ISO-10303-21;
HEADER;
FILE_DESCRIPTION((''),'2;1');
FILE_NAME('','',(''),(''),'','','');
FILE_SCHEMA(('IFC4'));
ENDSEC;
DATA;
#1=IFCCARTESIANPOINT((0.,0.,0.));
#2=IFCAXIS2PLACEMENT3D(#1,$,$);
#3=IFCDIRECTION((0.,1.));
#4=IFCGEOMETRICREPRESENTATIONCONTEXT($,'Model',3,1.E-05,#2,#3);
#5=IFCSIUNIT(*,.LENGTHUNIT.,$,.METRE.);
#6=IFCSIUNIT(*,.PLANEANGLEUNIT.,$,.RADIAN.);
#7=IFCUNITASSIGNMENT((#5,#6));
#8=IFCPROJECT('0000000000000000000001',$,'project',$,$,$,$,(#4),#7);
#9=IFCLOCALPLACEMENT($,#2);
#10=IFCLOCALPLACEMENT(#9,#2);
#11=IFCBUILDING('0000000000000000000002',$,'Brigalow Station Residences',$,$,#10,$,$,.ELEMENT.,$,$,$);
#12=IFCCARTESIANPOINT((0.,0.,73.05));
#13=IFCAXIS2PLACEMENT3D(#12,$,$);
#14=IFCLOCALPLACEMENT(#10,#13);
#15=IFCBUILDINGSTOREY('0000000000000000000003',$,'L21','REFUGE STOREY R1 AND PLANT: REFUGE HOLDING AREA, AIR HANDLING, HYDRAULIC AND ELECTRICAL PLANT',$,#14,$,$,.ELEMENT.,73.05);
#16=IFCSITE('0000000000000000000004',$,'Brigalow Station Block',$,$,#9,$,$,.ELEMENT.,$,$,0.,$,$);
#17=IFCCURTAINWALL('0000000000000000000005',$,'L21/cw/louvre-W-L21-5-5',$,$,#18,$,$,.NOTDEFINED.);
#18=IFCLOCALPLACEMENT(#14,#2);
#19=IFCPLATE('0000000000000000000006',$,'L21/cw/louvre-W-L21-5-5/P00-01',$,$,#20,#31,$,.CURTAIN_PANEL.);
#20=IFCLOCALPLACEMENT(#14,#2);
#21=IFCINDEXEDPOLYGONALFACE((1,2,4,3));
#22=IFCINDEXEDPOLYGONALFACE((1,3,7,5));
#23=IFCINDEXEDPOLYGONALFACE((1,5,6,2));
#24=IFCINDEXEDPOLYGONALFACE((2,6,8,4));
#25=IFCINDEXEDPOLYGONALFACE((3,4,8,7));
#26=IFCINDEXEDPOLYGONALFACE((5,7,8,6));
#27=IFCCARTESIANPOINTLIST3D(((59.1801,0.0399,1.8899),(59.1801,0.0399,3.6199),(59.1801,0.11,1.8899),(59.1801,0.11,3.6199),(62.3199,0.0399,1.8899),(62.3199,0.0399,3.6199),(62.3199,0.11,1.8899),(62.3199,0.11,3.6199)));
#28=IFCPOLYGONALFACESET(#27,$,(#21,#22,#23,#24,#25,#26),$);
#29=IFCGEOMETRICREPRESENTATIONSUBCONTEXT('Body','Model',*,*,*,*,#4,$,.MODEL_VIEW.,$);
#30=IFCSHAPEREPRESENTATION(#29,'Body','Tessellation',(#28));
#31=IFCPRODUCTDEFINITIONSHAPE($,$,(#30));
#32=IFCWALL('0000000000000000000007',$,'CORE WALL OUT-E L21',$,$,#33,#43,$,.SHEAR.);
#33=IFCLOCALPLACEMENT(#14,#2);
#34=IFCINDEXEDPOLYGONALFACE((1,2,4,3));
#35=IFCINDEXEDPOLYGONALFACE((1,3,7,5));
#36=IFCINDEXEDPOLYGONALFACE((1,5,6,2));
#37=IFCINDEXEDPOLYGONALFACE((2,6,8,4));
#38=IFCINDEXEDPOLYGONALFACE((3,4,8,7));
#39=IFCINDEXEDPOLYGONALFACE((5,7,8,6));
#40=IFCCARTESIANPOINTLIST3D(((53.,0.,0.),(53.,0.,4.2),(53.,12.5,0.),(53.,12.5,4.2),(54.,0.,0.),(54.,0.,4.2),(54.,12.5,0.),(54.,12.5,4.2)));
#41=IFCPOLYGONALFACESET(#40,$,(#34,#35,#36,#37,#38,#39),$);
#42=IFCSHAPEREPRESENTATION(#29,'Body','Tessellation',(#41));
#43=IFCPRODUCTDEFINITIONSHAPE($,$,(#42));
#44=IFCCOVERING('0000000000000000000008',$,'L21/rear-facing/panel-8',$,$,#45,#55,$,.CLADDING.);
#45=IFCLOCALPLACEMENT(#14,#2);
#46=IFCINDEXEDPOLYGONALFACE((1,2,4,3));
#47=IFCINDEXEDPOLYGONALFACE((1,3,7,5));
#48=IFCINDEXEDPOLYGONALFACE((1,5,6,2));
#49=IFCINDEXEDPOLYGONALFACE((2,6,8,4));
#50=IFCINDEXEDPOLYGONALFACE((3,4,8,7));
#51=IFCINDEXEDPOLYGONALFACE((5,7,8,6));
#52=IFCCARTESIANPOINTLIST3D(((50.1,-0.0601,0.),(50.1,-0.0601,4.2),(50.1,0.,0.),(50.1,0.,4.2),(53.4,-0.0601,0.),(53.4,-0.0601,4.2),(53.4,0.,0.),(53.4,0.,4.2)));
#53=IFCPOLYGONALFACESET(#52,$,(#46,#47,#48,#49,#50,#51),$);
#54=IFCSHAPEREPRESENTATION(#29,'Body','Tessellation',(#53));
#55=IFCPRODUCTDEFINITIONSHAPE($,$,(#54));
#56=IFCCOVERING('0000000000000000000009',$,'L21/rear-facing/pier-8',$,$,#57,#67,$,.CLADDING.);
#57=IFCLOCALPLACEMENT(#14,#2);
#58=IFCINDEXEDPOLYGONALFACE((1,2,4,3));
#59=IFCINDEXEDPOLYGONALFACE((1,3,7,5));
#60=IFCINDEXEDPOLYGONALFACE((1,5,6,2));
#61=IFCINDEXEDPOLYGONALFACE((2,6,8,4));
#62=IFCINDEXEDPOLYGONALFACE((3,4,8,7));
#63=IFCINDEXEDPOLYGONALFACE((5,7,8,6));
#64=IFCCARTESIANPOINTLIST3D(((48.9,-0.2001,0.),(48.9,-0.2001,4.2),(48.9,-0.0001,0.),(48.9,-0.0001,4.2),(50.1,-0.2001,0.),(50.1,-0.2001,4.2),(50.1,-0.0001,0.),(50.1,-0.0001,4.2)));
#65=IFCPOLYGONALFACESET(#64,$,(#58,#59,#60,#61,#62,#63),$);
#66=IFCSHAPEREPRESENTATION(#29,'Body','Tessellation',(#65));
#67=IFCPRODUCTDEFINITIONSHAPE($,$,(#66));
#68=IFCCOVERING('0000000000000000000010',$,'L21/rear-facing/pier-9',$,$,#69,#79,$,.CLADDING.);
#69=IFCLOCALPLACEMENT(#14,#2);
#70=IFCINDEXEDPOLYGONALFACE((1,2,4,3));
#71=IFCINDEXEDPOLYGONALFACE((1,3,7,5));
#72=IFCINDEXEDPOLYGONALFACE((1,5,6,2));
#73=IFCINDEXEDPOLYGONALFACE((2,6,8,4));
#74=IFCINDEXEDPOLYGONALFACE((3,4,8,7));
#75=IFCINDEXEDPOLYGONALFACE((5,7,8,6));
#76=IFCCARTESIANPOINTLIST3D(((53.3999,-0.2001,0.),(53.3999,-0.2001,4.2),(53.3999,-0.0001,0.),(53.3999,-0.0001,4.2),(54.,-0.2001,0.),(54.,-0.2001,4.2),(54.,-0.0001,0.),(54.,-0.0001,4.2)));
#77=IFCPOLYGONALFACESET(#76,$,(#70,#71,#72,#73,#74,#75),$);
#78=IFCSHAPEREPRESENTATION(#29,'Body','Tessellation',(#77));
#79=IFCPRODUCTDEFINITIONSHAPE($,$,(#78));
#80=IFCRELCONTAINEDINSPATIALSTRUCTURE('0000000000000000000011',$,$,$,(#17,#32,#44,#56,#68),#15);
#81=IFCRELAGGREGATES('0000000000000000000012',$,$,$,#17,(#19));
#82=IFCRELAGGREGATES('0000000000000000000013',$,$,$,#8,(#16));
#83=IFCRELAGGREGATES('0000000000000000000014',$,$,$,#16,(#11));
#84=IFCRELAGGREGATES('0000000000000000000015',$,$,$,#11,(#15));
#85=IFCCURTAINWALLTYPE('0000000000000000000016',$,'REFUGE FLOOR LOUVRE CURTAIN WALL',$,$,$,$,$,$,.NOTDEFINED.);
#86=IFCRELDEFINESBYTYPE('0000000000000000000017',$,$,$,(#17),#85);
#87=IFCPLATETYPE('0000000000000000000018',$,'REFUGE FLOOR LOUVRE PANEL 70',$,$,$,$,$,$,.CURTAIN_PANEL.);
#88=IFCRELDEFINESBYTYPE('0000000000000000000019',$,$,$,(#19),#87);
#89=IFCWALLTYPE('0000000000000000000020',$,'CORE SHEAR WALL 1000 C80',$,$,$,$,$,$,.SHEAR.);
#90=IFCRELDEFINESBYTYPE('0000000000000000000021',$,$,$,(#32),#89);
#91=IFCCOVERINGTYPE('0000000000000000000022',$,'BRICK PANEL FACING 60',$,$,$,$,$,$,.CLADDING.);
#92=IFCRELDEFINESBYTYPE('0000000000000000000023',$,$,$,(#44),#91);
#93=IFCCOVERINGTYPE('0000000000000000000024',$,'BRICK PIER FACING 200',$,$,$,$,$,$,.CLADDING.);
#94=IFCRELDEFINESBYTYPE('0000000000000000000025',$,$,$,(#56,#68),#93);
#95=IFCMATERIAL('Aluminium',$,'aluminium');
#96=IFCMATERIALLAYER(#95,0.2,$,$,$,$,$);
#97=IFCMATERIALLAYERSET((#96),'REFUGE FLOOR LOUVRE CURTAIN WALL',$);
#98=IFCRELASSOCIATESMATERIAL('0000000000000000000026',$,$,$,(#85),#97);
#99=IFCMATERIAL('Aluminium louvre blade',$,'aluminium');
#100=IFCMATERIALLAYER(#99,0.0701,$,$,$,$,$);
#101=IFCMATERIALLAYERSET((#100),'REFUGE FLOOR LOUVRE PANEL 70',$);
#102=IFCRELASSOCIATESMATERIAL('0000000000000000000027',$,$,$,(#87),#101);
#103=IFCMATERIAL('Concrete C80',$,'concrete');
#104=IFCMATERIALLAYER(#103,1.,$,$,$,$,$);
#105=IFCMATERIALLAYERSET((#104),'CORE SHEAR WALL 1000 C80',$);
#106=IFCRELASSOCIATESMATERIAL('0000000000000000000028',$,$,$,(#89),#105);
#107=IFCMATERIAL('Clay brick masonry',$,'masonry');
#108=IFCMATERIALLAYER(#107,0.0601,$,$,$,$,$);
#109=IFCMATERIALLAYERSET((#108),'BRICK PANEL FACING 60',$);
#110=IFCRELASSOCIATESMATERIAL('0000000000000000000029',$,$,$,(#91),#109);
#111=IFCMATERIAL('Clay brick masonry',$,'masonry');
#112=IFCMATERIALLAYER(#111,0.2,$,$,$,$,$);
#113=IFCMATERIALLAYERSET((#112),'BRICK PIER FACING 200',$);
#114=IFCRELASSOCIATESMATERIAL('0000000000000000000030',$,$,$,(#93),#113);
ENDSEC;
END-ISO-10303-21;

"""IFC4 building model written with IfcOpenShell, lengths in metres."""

from ifc_helpers import new_model, si_unit, direction, frame, frame_2d, origin, origin_2d, place, context, subcontext, project, spatial, rectangle, extrude, material, layer, layer_set, type_object, element, aggregate, save


model = new_model("IFC4")

# Units and contexts
model_context = context("Model", 3, precision=1e-05, world=origin(), true_north=direction((0.0, 1.0)))
body_context = subcontext(model_context, "Body", "Model", "MODEL_VIEW")
ifc_project = project(units=[si_unit("LENGTHUNIT", "METRE"), si_unit("PLANEANGLEUNIT", "RADIAN")], contexts=[model_context])

# Site, building, storey
site_placement = place(None, origin())
site = spatial("IfcSite", under=ifc_project, at=site_placement, Name="Brigalow Station Block", CompositionType="ELEMENT", RefElevation=0.0)
building_placement = place(site_placement, origin())
building = spatial("IfcBuilding", under=site, at=building_placement, Name="Brigalow Station Residences", CompositionType="ELEMENT")
storey_placement = place(building_placement, frame((0.0, 0.0, 73.05)))
storey = spatial("IfcBuildingStorey", under=building, at=storey_placement, Name="L21", Description="REFUGE STOREY R1 AND PLANT: REFUGE HOLDING AREA, AIR HANDLING, HYDRAULIC AND ELECTRICAL PLANT", CompositionType="ELEMENT", Elevation=73.05)

# Curtain wall
ifc_material_1 = material(Name="Aluminium", Category="aluminium")
ifc_layer_1 = layer(ifc_material_1, 0.2)
ifc_layer_set_1 = layer_set([ifc_layer_1], Name="REFUGE FLOOR LOUVRE CURTAIN WALL")
curtain_wall_type = type_object("IfcCurtainWallType", Name="REFUGE FLOOR LOUVRE CURTAIN WALL", PredefinedType="NOTDEFINED", material=ifc_layer_set_1)
curtain_wall_1_placement = place(storey_placement, origin())
curtain_wall_1 = element("IfcCurtainWall", 1, at=curtain_wall_1_placement, inside=storey, type_object=curtain_wall_type, Name="L21/cw/louvre-W-L21-5-5", PredefinedType="NOTDEFINED")

# Plate
ifc_material_2 = material(Name="Aluminium louvre blade", Category="aluminium")
ifc_layer_2 = layer(ifc_material_2, 0.0701)
ifc_layer_set_2 = layer_set([ifc_layer_2], Name="REFUGE FLOOR LOUVRE PANEL 70")
plate_type = type_object("IfcPlateType", Name="REFUGE FLOOR LOUVRE PANEL 70", PredefinedType="CURTAIN_PANEL", material=ifc_layer_set_2)
plate_1_placement = place(storey_placement, frame((60.75, 0.075, 1.8899), z_axis=(0.0, 0.0, 1.0), x_axis=(1.0, 0.0, 0.0)))
plate_1 = element("IfcPlate", 2, at=plate_1_placement, type_object=plate_type, Name="L21/cw/louvre-W-L21-5-5/P00-01", PredefinedType="CURTAIN_PANEL", context=body_context, shape_type="SweptSolid", body=[
    extrude(rectangle(XDim=3.1399, YDim=0.0701, at=origin_2d()), origin(), (0.0, 0.0, 1.0), 1.73),
])
aggregate(curtain_wall_1, [plate_1])

# Wall
ifc_material_3 = material(Name="Concrete C80", Category="concrete")
ifc_layer_3 = layer(ifc_material_3, 1.0)
ifc_layer_set_3 = layer_set([ifc_layer_3], Name="CORE SHEAR WALL 1000 C80")
wall_type = type_object("IfcWallType", Name="CORE SHEAR WALL 1000 C80", PredefinedType="SHEAR", material=ifc_layer_set_3)
wall_placement = place(storey_placement, frame((53.5, 0.0, 0.0), z_axis=(0.0, 0.0, 1.0), x_axis=(0.0, 1.0, 0.0)))
element("IfcWall", 3, at=wall_placement, inside=storey, type_object=wall_type, Name="CORE WALL OUT-E L21", PredefinedType="SHEAR", context=body_context, shape_type="SweptSolid", body=[
    extrude(rectangle(XDim=12.5, YDim=1.0, at=frame_2d((6.25, 0.0))), origin(), (0.0, 0.0, 1.0), 4.2),
])

# Coverings
ifc_material_4 = material(Name="Clay brick masonry", Category="masonry")
ifc_layer_4 = layer(ifc_material_4, 0.0601)
ifc_layer_set_4 = layer_set([ifc_layer_4], Name="BRICK PANEL FACING 60")
covering_type_1 = type_object("IfcCoveringType", Name="BRICK PANEL FACING 60", PredefinedType="CLADDING", material=ifc_layer_set_4)
covering_1_placement = place(storey_placement, frame((51.75, -0.03, 0.0), z_axis=(0.0, 0.0, 1.0), x_axis=(1.0, 0.0, 0.0)))
element("IfcCovering", 4, at=covering_1_placement, inside=storey, type_object=covering_type_1, Name="L21/rear-facing/panel-8", PredefinedType="CLADDING", context=body_context, shape_type="SweptSolid", body=[
    extrude(rectangle(XDim=3.3, YDim=0.0601, at=origin_2d()), origin(), (0.0, 0.0, 1.0), 4.2),
])
ifc_material_5 = material(Name="Clay brick masonry", Category="masonry")
ifc_layer_5 = layer(ifc_material_5, 0.2)
ifc_layer_set_5 = layer_set([ifc_layer_5], Name="BRICK PIER FACING 200")
covering_type_2 = type_object("IfcCoveringType", Name="BRICK PIER FACING 200", PredefinedType="CLADDING", material=ifc_layer_set_5)
covering_2_placement = place(storey_placement, frame((49.5, -0.1001, 0.0), z_axis=(0.0, 0.0, 1.0), x_axis=(1.0, 0.0, 0.0)))
element("IfcCovering", 5, at=covering_2_placement, inside=storey, type_object=covering_type_2, Name="L21/rear-facing/pier-8", PredefinedType="CLADDING", context=body_context, shape_type="SweptSolid", body=[
    extrude(rectangle(XDim=1.2, YDim=0.2, at=origin_2d()), origin(), (0.0, 0.0, 1.0), 4.2),
])
covering_3_placement = place(storey_placement, frame((53.7, -0.1001, 0.0), z_axis=(0.0, 0.0, 1.0), x_axis=(1.0, 0.0, 0.0)))
element("IfcCovering", 6, at=covering_3_placement, inside=storey, type_object=covering_type_2, Name="L21/rear-facing/pier-9", PredefinedType="CLADDING", context=body_context, shape_type="SweptSolid", body=[
    extrude(rectangle(XDim=0.6001, YDim=0.2, at=origin_2d()), origin(), (0.0, 0.0, 1.0), 4.2),
])

save(model, "model.ifc")
